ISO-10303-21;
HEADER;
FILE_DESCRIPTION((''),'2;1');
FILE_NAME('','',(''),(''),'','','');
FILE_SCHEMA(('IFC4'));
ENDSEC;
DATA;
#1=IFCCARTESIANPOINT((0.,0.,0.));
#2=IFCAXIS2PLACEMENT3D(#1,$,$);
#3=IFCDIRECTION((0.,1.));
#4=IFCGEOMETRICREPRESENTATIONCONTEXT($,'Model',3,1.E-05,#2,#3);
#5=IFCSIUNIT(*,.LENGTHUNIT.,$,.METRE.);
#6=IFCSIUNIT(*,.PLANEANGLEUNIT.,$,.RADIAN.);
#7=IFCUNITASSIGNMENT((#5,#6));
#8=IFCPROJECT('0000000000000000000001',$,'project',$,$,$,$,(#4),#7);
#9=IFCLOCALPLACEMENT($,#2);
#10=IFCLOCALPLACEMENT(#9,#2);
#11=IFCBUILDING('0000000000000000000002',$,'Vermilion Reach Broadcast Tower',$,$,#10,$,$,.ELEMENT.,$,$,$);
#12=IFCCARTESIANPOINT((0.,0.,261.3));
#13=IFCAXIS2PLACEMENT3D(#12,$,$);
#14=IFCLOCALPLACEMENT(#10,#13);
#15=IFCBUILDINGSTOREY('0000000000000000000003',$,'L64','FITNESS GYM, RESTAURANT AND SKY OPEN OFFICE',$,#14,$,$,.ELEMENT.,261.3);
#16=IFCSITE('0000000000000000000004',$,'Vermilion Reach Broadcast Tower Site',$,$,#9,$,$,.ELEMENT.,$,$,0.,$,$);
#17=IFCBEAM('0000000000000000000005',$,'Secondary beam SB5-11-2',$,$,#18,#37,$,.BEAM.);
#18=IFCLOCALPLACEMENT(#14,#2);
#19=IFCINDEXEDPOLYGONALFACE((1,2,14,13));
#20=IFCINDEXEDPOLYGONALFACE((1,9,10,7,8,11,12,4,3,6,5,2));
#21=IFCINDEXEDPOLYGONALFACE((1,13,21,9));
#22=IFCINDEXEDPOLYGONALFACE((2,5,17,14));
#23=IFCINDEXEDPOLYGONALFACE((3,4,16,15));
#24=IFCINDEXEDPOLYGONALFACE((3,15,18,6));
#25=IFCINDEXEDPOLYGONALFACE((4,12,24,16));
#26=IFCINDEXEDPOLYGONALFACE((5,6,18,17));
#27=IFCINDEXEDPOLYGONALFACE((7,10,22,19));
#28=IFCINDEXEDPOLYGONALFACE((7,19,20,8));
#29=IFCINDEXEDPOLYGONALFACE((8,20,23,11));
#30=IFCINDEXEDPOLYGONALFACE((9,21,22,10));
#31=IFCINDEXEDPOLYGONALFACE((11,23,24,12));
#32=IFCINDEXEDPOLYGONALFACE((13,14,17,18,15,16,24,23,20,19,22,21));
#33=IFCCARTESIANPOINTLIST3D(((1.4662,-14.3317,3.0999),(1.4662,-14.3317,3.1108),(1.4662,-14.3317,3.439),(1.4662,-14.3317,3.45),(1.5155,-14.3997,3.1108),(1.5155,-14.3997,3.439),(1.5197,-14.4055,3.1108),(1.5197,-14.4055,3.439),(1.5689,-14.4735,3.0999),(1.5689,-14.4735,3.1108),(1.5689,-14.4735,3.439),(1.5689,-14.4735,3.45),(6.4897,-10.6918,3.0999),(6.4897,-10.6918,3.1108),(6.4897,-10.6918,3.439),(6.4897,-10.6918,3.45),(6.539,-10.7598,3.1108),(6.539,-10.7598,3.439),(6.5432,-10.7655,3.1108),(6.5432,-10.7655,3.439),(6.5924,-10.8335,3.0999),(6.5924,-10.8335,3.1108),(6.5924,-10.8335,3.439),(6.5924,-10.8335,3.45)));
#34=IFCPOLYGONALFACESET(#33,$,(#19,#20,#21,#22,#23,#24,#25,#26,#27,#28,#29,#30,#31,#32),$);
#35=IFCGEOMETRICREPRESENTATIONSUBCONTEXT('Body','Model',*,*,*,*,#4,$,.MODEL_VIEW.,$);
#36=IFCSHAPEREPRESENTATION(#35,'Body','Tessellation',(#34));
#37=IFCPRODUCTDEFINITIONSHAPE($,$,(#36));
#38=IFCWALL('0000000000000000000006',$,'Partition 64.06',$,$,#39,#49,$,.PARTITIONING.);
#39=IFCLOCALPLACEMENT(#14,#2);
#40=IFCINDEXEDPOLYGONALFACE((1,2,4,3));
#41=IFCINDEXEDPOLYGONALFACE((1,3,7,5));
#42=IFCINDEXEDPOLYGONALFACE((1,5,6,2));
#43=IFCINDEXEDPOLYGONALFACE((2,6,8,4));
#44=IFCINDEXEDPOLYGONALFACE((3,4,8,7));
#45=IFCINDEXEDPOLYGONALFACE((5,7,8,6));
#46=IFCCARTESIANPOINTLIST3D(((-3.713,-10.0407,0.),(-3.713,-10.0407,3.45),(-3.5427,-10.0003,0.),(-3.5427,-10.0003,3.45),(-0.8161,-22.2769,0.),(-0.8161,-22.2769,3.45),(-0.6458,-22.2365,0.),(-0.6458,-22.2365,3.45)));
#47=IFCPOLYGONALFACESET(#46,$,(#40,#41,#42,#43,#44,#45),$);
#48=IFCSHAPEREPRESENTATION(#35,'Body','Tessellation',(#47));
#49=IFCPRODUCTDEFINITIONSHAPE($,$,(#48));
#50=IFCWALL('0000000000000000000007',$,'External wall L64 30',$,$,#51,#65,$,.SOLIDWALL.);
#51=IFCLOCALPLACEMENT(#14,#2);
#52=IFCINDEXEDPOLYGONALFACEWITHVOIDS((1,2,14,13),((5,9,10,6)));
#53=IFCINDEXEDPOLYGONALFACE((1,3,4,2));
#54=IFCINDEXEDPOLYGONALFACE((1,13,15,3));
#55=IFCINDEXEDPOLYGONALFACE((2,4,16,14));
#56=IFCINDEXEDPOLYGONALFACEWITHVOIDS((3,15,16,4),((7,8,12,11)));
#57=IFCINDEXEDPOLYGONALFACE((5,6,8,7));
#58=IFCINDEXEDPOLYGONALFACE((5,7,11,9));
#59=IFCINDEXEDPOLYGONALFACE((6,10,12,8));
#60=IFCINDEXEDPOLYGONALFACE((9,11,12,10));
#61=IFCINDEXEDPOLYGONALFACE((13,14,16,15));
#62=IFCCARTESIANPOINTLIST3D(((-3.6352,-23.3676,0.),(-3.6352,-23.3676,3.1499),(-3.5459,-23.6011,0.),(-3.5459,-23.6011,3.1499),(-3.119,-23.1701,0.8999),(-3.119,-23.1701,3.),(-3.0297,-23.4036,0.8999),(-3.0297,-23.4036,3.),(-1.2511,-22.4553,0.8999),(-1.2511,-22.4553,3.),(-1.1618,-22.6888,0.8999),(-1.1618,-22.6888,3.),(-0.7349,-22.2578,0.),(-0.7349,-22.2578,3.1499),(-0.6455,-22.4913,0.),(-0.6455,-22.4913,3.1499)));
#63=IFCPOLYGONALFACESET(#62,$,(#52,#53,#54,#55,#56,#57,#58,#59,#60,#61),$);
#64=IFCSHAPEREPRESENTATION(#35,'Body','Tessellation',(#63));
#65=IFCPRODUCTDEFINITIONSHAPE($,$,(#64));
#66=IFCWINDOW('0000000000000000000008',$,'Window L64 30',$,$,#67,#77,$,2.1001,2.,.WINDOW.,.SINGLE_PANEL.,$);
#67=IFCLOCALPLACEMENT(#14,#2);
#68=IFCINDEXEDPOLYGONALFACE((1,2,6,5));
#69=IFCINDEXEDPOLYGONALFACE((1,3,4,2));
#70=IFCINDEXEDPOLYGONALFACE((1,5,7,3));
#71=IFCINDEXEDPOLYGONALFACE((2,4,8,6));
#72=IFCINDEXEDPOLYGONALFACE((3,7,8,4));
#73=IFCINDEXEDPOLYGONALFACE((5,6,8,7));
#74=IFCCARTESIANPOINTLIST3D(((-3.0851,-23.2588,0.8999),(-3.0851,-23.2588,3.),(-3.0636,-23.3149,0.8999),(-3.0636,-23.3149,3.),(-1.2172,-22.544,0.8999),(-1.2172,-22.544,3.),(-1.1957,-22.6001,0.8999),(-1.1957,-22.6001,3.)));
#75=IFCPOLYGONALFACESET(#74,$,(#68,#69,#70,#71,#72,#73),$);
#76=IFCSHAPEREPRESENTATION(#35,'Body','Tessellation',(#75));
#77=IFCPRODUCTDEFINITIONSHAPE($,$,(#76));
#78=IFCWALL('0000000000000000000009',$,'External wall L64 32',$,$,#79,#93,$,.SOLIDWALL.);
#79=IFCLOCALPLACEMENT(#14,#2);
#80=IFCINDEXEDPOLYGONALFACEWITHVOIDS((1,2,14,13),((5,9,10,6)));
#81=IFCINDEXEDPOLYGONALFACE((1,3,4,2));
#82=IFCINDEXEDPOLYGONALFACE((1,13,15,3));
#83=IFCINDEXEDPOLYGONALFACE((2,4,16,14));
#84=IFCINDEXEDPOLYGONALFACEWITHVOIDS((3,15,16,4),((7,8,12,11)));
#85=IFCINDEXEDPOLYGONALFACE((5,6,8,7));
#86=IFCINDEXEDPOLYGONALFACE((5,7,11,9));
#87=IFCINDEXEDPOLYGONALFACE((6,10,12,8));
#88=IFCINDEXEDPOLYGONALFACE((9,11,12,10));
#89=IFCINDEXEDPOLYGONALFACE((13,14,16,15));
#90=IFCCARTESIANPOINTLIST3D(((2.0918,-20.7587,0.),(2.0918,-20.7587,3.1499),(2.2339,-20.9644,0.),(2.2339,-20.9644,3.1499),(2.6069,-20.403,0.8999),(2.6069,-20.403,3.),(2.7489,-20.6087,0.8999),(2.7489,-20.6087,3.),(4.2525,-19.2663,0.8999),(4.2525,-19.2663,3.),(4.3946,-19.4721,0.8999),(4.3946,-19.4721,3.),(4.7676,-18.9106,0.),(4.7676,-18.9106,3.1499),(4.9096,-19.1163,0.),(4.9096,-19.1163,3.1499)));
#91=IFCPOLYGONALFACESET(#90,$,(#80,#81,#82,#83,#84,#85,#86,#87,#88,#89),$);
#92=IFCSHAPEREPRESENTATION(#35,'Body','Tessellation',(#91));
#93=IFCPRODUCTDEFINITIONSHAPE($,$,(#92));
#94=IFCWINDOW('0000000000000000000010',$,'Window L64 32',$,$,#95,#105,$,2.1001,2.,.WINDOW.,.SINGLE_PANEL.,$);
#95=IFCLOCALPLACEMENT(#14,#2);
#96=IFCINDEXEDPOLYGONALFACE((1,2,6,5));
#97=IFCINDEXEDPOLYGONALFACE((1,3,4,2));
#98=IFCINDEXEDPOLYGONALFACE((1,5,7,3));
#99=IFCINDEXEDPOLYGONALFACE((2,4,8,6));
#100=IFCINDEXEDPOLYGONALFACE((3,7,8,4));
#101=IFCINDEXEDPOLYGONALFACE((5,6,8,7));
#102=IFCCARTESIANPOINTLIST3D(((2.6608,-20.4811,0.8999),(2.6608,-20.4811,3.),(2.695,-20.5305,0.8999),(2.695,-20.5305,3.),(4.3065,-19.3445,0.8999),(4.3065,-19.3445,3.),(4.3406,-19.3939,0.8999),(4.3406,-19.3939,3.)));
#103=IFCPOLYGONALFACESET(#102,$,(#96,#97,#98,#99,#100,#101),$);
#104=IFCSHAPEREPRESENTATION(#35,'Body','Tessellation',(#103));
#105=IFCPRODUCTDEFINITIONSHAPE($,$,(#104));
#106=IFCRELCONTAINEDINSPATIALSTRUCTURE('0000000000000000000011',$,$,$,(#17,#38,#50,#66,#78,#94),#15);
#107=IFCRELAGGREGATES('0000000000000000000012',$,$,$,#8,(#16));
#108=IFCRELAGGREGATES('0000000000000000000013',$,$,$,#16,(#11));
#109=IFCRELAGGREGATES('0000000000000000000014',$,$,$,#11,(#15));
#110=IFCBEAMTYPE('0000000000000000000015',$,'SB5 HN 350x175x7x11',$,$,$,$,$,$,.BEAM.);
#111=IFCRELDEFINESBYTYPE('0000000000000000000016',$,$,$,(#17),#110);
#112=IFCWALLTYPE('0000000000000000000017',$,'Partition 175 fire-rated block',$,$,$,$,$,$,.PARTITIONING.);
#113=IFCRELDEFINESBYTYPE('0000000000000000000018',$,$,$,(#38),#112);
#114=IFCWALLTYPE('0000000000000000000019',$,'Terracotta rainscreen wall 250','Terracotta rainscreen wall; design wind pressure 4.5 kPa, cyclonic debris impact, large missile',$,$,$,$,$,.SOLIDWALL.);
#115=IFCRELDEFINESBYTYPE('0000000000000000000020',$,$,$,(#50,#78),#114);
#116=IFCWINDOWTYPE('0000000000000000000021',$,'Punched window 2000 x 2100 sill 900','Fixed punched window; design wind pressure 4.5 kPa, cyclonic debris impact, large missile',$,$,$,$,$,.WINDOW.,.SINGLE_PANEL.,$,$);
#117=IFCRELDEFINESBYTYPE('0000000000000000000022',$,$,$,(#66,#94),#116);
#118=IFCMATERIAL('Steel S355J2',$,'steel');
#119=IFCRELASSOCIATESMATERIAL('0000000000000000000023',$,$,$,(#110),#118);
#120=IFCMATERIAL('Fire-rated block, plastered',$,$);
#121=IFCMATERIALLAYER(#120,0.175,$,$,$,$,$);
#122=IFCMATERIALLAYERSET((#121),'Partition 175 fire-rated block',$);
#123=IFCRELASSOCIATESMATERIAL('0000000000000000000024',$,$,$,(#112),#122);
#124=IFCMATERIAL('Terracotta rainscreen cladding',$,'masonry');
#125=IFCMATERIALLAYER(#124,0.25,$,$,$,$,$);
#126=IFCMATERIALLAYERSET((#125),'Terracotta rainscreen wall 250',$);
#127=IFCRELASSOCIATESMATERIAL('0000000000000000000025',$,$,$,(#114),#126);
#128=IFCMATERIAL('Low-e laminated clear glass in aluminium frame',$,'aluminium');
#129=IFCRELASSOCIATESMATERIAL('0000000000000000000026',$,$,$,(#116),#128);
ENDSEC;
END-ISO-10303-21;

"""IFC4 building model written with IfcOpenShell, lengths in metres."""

from ifc_helpers import new_model, si_unit, direction, frame, frame_2d, origin, origin_2d, place, context, subcontext, project, spatial, rectangle, i_section, extrude, material, layer, layer_set, material_profile, profile_set, type_object, element, fill, save


model = new_model("IFC4")

# Units and contexts
model_context = context("Model", 3, precision=1e-05, world=origin(), true_north=direction((0.0, 1.0)))
body_context = subcontext(model_context, "Body", "Model", "MODEL_VIEW")
ifc_project = project(units=[si_unit("LENGTHUNIT", "METRE"), si_unit("PLANEANGLEUNIT", "RADIAN")], contexts=[model_context])

# Site, building, storey
site_placement = place(None, origin())
site = spatial("IfcSite", under=ifc_project, at=site_placement, Name="Vermilion Reach Broadcast Tower Site", CompositionType="ELEMENT", RefElevation=0.0)
building_placement = place(site_placement, origin())
building = spatial("IfcBuilding", under=site, at=building_placement, Name="Vermilion Reach Broadcast Tower", CompositionType="ELEMENT")
storey_placement = place(building_placement, frame((0.0, 0.0, 261.3)))
storey = spatial("IfcBuildingStorey", under=building, at=storey_placement, Name="L64", Description="FITNESS GYM, RESTAURANT AND SKY OPEN OFFICE", CompositionType="ELEMENT", Elevation=261.3)

# Beam
ifc_material_1 = material(Name="Steel S355J2", Category="steel")
ifc_material_profile_1 = material_profile(ifc_material_1, i_section(OverallWidth=0.175, OverallDepth=0.3501, WebThickness=0.0071, FlangeThickness=0.011, at=origin_2d()), Name="S355J2 HN 350x175x7x11")
ifc_profile_set_1 = profile_set([ifc_material_profile_1], Name="Steel S355J2")
beam_type_1 = type_object("IfcBeamType", Name="SB5 HN 350x175x7x11", PredefinedType="BEAM", material=ifc_profile_set_1)
beam_1_placement = place(storey_placement, frame((1.5176, -14.4026, 3.2749), z_axis=(0.809771, 0.586746, 0.0), x_axis=(-0.586746, 0.809771, 0.0)))
element("IfcBeam", 1, at=beam_1_placement, inside=storey, type_object=beam_type_1, Name="Secondary beam SB5-11-2", PredefinedType="BEAM", context=body_context, shape_type="SweptSolid", body=[
    extrude(i_section(OverallWidth=0.175, OverallDepth=0.3501, WebThickness=0.0071, FlangeThickness=0.011, at=origin_2d()), origin(), (0.0, 0.0, 1.0), 6.2036),
])

# Wall
ifc_material_2 = material(Name="Fire-rated block, plastered")
ifc_layer_1 = layer(ifc_material_2, 0.175)
ifc_layer_set_1 = layer_set([ifc_layer_1], Name="Partition 175 fire-rated block")
wall_type_1 = type_object("IfcWallType", Name="Partition 175 fire-rated block", PredefinedType="PARTITIONING", material=ifc_layer_set_1)
wall_1_placement = place(storey_placement, frame((-0.731, -22.2566, 0.0), z_axis=(0.0, 0.0, 1.0), x_axis=(-0.230383, 0.9731, 0.0)))
element("IfcWall", 2, at=wall_1_placement, inside=storey, type_object=wall_type_1, Name="Partition 64.06", PredefinedType="PARTITIONING", context=body_context, shape_type="SweptSolid", body=[
    extrude(rectangle(XDim=12.5745, YDim=0.175, at=frame_2d((6.2871, 0.0))), origin(), (0.0, 0.0, 1.0), 3.45),
])

# Wall, opening, window
ifc_material_3 = material(Name="Terracotta rainscreen cladding", Category="masonry")
ifc_layer_2 = layer(ifc_material_3, 0.25)
ifc_layer_set_2 = layer_set([ifc_layer_2], Name="Terracotta rainscreen wall 250")
wall_type_2 = type_object("IfcWallType", Name="Terracotta rainscreen wall 250", Description="Terracotta rainscreen wall; design wind pressure 4.5 kPa, cyclonic debris impact, large missile", PredefinedType="SOLIDWALL", material=ifc_layer_set_2)
wall_2_placement = place(storey_placement, frame((-3.5906, -23.4844, 0.0), z_axis=(0.0, 0.0, 1.0), x_axis=(0.933956, 0.357388, 0.0)))
wall_2 = element("IfcWall", 3, at=wall_2_placement, inside=storey, type_object=wall_type_2, Name="External wall L64 30", PredefinedType="SOLIDWALL", context=body_context, shape_type="SweptSolid", body=[
    extrude(rectangle(XDim=3.1055, YDim=0.25, at=frame_2d((1.5527, 0.0))), origin(), (0.0, 0.0, 1.0), 3.1499),
])
opening_1_placement = place(wall_2_placement, frame((0.5527, 0.0, 0.8999)))
opening_1 = element("IfcOpeningElement", 4, at=opening_1_placement, cuts=wall_2, PredefinedType="OPENING", context=body_context, shape_type="SweptSolid", body=[
    extrude(rectangle(XDim=2.0, YDim=2.1001, at=frame_2d((1.0, 1.05))), frame((0.0, 0.135, 0.0), z_axis=(0.0, -1.0, 0.0), x_axis=(1.0, 0.0, 0.0)), (0.0, 0.0, 1.0), 0.27),
])
ifc_material_4 = material(Name="Low-e laminated clear glass in aluminium frame", Category="aluminium")
window_type = type_object("IfcWindowType", Name="Punched window 2000 x 2100 sill 900", Description="Fixed punched window; design wind pressure 4.5 kPa, cyclonic debris impact, large missile", PartitioningType="SINGLE_PANEL", PredefinedType="WINDOW", material=ifc_material_4)
window_1_placement = place(opening_1_placement, origin())
window_1 = element("IfcWindow", 5, at=window_1_placement, inside=storey, type_object=window_type, Name="Window L64 30", OverallHeight=2.1001, OverallWidth=2.0, PartitioningType="SINGLE_PANEL", PredefinedType="WINDOW", context=body_context, shape_type="SweptSolid", body=[
    extrude(rectangle(XDim=2.0, YDim=2.1001, at=frame_2d((1.0, 1.05))), frame((0.0, 0.03, 0.0), z_axis=(0.0, -1.0, 0.0), x_axis=(1.0, 0.0, 0.0)), (0.0, 0.0, 1.0), 0.0601),
])
fill(opening_1, window_1)

# Wall, opening, window
wall_3_placement = place(storey_placement, frame((2.1628, -20.8616, 0.0), z_axis=(0.0, 0.0, 1.0), x_axis=(0.822813, 0.568312, 0.0)))
wall_3 = element("IfcWall", 6, at=wall_3_placement, inside=storey, type_object=wall_type_2, Name="External wall L64 32", PredefinedType="SOLIDWALL", context=body_context, shape_type="SweptSolid", body=[
    extrude(rectangle(XDim=3.252, YDim=0.25, at=frame_2d((1.626, 0.0))), origin(), (0.0, 0.0, 1.0), 3.1499),
])
opening_2_placement = place(wall_3_placement, frame((0.626, 0.0, 0.8999)))
opening_2 = element("IfcOpeningElement", 7, at=opening_2_placement, cuts=wall_3, PredefinedType="OPENING", context=body_context, shape_type="SweptSolid", body=[
    extrude(rectangle(XDim=2.0, YDim=2.1001, at=frame_2d((1.0, 1.05))), frame((0.0, 0.135, 0.0), z_axis=(0.0, -1.0, 0.0), x_axis=(1.0, 0.0, 0.0)), (0.0, 0.0, 1.0), 0.27),
])
window_2_placement = place(opening_2_placement, origin())
window_2 = element("IfcWindow", 8, at=window_2_placement, inside=storey, type_object=window_type, Name="Window L64 32", OverallHeight=2.1001, OverallWidth=2.0, PartitioningType="SINGLE_PANEL", PredefinedType="WINDOW", context=body_context, shape_type="SweptSolid", body=[
    extrude(rectangle(XDim=2.0, YDim=2.1001, at=frame_2d((1.0, 1.05))), frame((0.0, 0.03, 0.0), z_axis=(0.0, -1.0, 0.0), x_axis=(1.0, 0.0, 0.0)), (0.0, 0.0, 1.0), 0.0601),
])
fill(opening_2, window_2)

save(model, "model.ifc")
